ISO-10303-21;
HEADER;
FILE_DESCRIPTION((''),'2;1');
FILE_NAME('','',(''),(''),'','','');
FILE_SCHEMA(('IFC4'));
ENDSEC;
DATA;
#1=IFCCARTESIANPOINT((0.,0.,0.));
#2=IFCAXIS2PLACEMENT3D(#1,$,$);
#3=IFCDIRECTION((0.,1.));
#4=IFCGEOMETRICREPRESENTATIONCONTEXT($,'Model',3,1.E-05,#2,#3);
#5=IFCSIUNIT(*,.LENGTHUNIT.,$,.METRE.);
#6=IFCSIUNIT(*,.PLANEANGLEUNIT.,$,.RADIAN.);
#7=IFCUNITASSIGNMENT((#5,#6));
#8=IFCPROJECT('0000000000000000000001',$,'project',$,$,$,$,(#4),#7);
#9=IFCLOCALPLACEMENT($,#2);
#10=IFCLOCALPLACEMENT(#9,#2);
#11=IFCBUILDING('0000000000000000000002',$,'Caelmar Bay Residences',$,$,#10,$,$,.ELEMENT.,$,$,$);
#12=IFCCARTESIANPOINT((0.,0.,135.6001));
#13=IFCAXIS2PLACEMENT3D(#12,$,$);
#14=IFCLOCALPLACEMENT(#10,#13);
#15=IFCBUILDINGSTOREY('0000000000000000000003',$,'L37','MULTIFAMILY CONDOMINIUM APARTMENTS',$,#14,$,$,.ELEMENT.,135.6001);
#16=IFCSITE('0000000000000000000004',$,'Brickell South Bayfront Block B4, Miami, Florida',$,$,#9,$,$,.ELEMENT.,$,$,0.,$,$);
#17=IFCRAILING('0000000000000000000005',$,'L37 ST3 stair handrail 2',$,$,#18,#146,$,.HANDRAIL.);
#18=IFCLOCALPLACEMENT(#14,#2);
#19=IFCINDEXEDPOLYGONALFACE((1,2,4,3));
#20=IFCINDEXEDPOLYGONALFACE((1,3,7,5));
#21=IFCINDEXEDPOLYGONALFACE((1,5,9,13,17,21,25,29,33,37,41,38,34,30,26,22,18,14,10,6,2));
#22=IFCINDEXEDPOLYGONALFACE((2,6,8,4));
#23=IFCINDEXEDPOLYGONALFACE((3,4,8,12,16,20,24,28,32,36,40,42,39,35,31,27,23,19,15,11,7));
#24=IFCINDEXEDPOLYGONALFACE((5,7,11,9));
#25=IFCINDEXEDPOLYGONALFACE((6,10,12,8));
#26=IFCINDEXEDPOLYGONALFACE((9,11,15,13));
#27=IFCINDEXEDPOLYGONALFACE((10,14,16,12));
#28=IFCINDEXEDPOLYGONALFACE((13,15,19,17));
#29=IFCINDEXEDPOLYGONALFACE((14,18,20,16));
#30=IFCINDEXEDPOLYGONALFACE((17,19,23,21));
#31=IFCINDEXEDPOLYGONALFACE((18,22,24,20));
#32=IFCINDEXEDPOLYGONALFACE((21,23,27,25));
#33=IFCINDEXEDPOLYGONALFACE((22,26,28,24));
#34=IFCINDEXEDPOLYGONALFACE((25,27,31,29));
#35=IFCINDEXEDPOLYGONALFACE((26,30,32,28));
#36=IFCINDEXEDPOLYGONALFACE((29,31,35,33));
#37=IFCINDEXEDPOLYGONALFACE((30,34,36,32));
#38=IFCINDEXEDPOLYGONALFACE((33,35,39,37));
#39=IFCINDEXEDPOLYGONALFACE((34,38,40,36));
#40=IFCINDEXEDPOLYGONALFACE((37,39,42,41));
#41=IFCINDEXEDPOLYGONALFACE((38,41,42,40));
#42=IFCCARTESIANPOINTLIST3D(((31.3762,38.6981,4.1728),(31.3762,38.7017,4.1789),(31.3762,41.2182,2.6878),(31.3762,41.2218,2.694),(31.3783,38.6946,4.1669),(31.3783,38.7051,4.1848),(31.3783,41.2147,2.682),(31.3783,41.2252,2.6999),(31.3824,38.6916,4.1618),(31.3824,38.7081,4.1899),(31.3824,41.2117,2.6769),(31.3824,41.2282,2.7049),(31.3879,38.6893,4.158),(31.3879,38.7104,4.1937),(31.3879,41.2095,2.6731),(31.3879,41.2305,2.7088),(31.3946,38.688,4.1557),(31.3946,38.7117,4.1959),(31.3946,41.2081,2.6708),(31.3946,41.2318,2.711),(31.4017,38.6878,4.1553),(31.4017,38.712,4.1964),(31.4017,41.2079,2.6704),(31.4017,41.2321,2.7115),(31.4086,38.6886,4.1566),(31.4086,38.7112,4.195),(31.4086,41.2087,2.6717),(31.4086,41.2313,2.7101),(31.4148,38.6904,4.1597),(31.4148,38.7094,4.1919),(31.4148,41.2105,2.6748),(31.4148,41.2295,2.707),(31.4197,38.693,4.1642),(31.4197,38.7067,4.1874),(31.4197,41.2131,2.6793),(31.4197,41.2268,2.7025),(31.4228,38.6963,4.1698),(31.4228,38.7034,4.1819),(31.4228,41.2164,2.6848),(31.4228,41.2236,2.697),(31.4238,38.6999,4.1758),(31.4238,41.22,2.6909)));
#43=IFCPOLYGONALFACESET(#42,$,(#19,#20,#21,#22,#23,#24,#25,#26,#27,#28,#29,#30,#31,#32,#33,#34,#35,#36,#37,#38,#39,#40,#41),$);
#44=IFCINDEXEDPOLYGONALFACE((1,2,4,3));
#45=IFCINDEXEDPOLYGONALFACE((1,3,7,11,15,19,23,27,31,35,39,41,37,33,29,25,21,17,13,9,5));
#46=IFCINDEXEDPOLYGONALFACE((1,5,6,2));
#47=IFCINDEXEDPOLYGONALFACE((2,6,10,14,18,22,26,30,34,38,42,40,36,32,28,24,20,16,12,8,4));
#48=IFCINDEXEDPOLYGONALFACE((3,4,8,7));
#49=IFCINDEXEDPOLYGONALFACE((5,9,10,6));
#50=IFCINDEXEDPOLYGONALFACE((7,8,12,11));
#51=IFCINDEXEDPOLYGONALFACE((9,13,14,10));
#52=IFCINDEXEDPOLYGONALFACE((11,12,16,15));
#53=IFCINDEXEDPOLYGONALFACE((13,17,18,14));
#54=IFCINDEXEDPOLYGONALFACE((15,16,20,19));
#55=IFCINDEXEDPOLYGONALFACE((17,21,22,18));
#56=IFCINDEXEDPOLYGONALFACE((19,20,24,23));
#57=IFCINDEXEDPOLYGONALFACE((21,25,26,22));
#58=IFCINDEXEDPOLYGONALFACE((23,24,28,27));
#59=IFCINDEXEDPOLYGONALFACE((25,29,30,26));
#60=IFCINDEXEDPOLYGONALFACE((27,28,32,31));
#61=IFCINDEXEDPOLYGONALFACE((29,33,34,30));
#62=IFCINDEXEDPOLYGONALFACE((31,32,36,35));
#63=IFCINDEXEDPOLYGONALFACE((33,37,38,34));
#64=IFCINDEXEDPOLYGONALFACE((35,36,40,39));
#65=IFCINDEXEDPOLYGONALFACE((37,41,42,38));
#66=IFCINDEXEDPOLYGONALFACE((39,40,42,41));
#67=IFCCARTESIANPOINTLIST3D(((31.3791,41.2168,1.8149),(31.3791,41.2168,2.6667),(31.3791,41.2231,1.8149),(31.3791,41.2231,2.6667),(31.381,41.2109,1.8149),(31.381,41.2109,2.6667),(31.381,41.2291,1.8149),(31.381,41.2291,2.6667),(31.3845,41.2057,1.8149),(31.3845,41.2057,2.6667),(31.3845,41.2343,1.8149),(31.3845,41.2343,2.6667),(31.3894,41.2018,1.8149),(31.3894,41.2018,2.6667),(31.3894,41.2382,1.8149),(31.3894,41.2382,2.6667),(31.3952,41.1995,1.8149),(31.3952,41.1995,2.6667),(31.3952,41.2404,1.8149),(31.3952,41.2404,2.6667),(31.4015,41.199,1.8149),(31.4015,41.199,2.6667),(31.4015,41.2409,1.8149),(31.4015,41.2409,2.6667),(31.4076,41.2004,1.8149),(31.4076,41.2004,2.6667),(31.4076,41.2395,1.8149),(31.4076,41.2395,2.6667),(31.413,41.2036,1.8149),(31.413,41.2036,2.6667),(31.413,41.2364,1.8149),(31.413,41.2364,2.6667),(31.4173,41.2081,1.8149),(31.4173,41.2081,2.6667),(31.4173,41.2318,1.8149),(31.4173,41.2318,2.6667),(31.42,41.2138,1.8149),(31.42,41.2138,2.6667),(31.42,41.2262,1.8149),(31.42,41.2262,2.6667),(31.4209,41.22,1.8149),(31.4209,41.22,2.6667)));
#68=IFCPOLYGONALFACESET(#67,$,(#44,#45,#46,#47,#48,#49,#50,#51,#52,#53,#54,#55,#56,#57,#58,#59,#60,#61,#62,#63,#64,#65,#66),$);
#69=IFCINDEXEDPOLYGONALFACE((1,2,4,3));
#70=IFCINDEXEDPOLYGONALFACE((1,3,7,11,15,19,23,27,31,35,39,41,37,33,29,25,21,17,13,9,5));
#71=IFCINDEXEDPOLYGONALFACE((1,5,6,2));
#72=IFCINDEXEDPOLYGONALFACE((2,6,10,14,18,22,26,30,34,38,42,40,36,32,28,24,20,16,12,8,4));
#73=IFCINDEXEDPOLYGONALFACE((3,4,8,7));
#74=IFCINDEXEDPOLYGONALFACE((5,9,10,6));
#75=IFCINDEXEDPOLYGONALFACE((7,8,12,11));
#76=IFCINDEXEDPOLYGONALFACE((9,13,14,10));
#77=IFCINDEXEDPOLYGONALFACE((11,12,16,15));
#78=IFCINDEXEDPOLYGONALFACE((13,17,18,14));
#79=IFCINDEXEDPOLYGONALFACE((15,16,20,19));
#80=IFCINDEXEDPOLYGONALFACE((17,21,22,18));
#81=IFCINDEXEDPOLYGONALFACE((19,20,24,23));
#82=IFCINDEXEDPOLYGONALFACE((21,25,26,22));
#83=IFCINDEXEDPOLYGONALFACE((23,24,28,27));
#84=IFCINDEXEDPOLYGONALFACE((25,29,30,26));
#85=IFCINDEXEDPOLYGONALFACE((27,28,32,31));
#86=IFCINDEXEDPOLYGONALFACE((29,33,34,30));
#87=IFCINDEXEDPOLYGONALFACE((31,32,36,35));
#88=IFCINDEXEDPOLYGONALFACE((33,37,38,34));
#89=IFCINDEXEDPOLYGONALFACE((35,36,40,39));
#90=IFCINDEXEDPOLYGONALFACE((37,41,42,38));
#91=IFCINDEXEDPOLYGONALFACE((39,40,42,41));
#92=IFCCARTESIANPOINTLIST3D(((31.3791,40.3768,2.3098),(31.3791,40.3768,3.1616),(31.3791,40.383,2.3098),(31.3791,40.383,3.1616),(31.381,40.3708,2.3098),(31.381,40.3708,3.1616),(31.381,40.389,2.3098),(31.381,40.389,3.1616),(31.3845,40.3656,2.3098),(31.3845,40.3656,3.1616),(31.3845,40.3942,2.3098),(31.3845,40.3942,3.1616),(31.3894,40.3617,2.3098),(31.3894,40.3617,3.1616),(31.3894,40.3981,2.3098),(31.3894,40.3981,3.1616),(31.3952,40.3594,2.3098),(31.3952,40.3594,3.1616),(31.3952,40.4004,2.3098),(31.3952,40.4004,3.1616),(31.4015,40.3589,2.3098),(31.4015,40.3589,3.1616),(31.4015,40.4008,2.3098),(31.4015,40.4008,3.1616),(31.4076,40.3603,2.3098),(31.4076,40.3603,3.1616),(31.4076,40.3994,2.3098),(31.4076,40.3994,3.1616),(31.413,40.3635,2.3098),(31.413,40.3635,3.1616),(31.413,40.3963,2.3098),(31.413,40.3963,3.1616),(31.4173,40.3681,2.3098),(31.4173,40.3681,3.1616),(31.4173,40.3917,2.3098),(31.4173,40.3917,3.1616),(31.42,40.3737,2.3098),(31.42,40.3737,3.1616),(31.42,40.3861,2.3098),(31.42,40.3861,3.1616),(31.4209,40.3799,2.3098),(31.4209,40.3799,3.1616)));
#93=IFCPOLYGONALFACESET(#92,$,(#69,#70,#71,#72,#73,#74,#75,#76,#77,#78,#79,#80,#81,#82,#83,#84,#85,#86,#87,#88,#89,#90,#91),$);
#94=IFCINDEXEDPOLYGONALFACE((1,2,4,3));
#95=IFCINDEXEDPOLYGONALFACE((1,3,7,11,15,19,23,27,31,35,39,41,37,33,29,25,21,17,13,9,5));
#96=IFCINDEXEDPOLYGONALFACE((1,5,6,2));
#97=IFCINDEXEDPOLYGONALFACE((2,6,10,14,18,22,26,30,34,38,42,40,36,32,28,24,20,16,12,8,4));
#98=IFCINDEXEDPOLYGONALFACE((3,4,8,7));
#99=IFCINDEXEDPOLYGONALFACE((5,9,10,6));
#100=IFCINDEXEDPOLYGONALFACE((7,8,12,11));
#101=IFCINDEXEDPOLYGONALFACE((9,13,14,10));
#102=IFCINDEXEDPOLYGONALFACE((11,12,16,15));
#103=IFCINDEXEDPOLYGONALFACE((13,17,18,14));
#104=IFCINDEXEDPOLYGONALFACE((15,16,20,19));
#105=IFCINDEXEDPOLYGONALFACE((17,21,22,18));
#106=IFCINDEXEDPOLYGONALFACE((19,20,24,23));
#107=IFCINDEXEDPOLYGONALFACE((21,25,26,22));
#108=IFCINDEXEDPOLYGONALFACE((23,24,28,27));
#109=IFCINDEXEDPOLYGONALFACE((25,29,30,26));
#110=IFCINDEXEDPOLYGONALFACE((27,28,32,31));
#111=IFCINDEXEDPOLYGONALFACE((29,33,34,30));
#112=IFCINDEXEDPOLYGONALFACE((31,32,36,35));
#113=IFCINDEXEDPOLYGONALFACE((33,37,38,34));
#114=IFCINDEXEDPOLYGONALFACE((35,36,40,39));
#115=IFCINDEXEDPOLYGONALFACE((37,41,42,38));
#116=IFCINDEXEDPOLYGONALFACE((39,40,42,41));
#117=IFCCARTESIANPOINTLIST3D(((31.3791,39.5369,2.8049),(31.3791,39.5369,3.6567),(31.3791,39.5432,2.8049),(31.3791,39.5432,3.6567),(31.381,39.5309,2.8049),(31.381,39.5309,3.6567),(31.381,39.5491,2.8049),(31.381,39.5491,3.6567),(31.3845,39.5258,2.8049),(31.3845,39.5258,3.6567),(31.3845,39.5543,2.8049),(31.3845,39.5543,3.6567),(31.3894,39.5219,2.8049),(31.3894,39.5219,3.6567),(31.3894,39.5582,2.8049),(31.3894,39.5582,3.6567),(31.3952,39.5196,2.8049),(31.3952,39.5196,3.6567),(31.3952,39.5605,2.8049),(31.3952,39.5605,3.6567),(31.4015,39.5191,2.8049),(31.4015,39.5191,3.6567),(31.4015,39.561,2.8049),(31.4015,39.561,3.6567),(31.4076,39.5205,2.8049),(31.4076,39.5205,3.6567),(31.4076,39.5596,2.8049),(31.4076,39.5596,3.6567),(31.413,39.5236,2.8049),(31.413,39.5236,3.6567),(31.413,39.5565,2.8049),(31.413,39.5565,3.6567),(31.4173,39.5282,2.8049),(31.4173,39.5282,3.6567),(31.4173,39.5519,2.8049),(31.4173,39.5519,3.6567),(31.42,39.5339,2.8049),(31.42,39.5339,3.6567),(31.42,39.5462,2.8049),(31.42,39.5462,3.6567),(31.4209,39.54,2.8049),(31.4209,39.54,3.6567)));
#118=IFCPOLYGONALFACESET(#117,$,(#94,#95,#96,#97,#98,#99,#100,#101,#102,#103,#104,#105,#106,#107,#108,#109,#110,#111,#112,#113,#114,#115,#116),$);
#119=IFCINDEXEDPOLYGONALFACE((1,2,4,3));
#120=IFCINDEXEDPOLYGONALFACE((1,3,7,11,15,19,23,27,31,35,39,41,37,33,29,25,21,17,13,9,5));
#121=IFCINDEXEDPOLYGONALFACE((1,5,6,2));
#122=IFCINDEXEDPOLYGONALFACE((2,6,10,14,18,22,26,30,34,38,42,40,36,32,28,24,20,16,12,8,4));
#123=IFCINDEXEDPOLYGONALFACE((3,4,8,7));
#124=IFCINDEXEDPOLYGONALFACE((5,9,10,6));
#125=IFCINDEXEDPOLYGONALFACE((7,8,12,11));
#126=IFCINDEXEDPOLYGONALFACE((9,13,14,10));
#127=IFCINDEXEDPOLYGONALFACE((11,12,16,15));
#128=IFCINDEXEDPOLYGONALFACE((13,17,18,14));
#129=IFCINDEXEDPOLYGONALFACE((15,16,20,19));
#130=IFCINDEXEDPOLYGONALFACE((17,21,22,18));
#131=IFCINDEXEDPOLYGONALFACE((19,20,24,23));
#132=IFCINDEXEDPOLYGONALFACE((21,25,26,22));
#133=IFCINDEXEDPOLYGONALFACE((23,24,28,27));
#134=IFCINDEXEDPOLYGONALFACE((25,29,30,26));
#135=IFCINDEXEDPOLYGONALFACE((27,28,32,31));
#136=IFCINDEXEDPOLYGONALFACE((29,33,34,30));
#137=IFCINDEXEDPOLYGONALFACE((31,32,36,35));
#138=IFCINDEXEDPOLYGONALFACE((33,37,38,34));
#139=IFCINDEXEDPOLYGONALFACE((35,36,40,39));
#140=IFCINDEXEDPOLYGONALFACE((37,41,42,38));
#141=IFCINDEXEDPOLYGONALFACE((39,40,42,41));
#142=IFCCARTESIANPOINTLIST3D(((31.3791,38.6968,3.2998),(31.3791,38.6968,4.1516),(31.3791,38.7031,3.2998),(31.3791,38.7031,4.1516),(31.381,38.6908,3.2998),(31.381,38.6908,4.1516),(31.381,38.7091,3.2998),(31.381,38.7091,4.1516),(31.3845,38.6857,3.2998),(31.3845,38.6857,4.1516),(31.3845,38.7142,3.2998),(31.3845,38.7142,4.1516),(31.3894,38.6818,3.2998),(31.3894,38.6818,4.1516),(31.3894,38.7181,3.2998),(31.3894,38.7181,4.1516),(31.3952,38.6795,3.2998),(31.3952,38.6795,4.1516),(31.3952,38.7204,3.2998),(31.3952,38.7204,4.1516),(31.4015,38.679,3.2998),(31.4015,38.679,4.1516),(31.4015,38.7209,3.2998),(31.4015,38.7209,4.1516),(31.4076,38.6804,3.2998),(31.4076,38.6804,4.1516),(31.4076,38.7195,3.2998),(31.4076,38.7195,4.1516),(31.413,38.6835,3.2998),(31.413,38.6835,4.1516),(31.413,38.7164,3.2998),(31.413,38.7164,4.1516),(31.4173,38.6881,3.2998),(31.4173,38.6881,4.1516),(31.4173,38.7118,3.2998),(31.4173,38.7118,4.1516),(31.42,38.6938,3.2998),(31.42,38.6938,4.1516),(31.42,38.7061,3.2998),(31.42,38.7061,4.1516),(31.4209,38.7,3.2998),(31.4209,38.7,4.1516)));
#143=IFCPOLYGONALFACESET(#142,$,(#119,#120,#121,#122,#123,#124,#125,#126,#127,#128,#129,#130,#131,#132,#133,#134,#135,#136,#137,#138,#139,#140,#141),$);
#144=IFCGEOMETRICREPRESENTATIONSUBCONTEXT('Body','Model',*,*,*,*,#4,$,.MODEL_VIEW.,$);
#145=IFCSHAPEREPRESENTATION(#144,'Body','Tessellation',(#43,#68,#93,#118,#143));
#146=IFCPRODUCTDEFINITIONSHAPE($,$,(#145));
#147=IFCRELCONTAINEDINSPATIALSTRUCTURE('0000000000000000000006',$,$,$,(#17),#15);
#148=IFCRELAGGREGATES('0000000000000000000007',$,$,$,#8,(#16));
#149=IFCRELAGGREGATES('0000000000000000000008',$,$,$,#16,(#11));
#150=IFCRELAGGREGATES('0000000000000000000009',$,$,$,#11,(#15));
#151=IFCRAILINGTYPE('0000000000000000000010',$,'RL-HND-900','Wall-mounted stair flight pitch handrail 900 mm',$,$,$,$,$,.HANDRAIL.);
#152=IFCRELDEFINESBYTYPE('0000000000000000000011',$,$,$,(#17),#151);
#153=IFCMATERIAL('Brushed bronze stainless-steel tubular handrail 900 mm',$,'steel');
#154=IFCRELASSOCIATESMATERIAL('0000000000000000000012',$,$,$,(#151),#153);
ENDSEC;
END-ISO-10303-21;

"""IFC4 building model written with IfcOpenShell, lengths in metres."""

from ifc_helpers import new_model, si_unit, direction, frame, origin, origin_2d, place, context, subcontext, project, spatial, circle, extrude, material, type_object, element, save


model = new_model("IFC4")

# Units and contexts
model_context = context("Model", 3, precision=1e-05, world=origin(), true_north=direction((0.0, 1.0)))
body_context = subcontext(model_context, "Body", "Model", "MODEL_VIEW")
ifc_project = project(units=[si_unit("LENGTHUNIT", "METRE"), si_unit("PLANEANGLEUNIT", "RADIAN")], contexts=[model_context])

# Site, building, storey
site_placement = place(None, origin())
site = spatial("IfcSite", under=ifc_project, at=site_placement, Name="Brickell South Bayfront Block B4, Miami, Florida", CompositionType="ELEMENT", RefElevation=0.0)
building_placement = place(site_placement, origin())
building = spatial("IfcBuilding", under=site, at=building_placement, Name="Caelmar Bay Residences", CompositionType="ELEMENT")
storey_placement = place(building_placement, frame((0.0, 0.0, 135.6001)))
storey = spatial("IfcBuildingStorey", under=building, at=storey_placement, Name="L37", Description="MULTIFAMILY CONDOMINIUM APARTMENTS", CompositionType="ELEMENT", Elevation=135.6001)

# Railing
ifc_material_1 = material(Name="Brushed bronze stainless-steel tubular handrail 900 mm", Category="steel")
railing_type_1 = type_object("IfcRailingType", Name="RL-HND-900", Description="Wall-mounted stair flight pitch handrail 900 mm", PredefinedType="HANDRAIL", material=ifc_material_1)
railing_1_placement = place(storey_placement, frame((31.3999, 41.22, 1.8149)))
element("IfcRailing", 1, at=railing_1_placement, inside=storey, type_object=railing_type_1, Name="L37 ST3 stair handrail 2", PredefinedType="HANDRAIL", context=body_context, shape_type="SweptSolid", body=[
    extrude(circle(Radius=0.0239, at=origin_2d()), frame((0.0, 0.0, 0.876), z_axis=(0.0, -0.861561, 0.507655), x_axis=(1.0, 0.0, 0.0)), (0.0, 0.0, 1.0), 2.925),
    extrude(circle(Radius=0.021, at=origin_2d()), origin(), (0.0, 0.0, 1.0), 0.8518),
    extrude(circle(Radius=0.021, at=origin_2d()), frame((0.0, -0.8401, 0.4949)), (0.0, 0.0, 1.0), 0.8518),
    extrude(circle(Radius=0.021, at=origin_2d()), frame((0.0, -1.6799, 0.99)), (0.0, 0.0, 1.0), 0.8518),
    extrude(circle(Radius=0.021, at=origin_2d()), frame((0.0, -2.52, 1.4849)), (0.0, 0.0, 1.0), 0.8518),
])

save(model, "model.ifc")
